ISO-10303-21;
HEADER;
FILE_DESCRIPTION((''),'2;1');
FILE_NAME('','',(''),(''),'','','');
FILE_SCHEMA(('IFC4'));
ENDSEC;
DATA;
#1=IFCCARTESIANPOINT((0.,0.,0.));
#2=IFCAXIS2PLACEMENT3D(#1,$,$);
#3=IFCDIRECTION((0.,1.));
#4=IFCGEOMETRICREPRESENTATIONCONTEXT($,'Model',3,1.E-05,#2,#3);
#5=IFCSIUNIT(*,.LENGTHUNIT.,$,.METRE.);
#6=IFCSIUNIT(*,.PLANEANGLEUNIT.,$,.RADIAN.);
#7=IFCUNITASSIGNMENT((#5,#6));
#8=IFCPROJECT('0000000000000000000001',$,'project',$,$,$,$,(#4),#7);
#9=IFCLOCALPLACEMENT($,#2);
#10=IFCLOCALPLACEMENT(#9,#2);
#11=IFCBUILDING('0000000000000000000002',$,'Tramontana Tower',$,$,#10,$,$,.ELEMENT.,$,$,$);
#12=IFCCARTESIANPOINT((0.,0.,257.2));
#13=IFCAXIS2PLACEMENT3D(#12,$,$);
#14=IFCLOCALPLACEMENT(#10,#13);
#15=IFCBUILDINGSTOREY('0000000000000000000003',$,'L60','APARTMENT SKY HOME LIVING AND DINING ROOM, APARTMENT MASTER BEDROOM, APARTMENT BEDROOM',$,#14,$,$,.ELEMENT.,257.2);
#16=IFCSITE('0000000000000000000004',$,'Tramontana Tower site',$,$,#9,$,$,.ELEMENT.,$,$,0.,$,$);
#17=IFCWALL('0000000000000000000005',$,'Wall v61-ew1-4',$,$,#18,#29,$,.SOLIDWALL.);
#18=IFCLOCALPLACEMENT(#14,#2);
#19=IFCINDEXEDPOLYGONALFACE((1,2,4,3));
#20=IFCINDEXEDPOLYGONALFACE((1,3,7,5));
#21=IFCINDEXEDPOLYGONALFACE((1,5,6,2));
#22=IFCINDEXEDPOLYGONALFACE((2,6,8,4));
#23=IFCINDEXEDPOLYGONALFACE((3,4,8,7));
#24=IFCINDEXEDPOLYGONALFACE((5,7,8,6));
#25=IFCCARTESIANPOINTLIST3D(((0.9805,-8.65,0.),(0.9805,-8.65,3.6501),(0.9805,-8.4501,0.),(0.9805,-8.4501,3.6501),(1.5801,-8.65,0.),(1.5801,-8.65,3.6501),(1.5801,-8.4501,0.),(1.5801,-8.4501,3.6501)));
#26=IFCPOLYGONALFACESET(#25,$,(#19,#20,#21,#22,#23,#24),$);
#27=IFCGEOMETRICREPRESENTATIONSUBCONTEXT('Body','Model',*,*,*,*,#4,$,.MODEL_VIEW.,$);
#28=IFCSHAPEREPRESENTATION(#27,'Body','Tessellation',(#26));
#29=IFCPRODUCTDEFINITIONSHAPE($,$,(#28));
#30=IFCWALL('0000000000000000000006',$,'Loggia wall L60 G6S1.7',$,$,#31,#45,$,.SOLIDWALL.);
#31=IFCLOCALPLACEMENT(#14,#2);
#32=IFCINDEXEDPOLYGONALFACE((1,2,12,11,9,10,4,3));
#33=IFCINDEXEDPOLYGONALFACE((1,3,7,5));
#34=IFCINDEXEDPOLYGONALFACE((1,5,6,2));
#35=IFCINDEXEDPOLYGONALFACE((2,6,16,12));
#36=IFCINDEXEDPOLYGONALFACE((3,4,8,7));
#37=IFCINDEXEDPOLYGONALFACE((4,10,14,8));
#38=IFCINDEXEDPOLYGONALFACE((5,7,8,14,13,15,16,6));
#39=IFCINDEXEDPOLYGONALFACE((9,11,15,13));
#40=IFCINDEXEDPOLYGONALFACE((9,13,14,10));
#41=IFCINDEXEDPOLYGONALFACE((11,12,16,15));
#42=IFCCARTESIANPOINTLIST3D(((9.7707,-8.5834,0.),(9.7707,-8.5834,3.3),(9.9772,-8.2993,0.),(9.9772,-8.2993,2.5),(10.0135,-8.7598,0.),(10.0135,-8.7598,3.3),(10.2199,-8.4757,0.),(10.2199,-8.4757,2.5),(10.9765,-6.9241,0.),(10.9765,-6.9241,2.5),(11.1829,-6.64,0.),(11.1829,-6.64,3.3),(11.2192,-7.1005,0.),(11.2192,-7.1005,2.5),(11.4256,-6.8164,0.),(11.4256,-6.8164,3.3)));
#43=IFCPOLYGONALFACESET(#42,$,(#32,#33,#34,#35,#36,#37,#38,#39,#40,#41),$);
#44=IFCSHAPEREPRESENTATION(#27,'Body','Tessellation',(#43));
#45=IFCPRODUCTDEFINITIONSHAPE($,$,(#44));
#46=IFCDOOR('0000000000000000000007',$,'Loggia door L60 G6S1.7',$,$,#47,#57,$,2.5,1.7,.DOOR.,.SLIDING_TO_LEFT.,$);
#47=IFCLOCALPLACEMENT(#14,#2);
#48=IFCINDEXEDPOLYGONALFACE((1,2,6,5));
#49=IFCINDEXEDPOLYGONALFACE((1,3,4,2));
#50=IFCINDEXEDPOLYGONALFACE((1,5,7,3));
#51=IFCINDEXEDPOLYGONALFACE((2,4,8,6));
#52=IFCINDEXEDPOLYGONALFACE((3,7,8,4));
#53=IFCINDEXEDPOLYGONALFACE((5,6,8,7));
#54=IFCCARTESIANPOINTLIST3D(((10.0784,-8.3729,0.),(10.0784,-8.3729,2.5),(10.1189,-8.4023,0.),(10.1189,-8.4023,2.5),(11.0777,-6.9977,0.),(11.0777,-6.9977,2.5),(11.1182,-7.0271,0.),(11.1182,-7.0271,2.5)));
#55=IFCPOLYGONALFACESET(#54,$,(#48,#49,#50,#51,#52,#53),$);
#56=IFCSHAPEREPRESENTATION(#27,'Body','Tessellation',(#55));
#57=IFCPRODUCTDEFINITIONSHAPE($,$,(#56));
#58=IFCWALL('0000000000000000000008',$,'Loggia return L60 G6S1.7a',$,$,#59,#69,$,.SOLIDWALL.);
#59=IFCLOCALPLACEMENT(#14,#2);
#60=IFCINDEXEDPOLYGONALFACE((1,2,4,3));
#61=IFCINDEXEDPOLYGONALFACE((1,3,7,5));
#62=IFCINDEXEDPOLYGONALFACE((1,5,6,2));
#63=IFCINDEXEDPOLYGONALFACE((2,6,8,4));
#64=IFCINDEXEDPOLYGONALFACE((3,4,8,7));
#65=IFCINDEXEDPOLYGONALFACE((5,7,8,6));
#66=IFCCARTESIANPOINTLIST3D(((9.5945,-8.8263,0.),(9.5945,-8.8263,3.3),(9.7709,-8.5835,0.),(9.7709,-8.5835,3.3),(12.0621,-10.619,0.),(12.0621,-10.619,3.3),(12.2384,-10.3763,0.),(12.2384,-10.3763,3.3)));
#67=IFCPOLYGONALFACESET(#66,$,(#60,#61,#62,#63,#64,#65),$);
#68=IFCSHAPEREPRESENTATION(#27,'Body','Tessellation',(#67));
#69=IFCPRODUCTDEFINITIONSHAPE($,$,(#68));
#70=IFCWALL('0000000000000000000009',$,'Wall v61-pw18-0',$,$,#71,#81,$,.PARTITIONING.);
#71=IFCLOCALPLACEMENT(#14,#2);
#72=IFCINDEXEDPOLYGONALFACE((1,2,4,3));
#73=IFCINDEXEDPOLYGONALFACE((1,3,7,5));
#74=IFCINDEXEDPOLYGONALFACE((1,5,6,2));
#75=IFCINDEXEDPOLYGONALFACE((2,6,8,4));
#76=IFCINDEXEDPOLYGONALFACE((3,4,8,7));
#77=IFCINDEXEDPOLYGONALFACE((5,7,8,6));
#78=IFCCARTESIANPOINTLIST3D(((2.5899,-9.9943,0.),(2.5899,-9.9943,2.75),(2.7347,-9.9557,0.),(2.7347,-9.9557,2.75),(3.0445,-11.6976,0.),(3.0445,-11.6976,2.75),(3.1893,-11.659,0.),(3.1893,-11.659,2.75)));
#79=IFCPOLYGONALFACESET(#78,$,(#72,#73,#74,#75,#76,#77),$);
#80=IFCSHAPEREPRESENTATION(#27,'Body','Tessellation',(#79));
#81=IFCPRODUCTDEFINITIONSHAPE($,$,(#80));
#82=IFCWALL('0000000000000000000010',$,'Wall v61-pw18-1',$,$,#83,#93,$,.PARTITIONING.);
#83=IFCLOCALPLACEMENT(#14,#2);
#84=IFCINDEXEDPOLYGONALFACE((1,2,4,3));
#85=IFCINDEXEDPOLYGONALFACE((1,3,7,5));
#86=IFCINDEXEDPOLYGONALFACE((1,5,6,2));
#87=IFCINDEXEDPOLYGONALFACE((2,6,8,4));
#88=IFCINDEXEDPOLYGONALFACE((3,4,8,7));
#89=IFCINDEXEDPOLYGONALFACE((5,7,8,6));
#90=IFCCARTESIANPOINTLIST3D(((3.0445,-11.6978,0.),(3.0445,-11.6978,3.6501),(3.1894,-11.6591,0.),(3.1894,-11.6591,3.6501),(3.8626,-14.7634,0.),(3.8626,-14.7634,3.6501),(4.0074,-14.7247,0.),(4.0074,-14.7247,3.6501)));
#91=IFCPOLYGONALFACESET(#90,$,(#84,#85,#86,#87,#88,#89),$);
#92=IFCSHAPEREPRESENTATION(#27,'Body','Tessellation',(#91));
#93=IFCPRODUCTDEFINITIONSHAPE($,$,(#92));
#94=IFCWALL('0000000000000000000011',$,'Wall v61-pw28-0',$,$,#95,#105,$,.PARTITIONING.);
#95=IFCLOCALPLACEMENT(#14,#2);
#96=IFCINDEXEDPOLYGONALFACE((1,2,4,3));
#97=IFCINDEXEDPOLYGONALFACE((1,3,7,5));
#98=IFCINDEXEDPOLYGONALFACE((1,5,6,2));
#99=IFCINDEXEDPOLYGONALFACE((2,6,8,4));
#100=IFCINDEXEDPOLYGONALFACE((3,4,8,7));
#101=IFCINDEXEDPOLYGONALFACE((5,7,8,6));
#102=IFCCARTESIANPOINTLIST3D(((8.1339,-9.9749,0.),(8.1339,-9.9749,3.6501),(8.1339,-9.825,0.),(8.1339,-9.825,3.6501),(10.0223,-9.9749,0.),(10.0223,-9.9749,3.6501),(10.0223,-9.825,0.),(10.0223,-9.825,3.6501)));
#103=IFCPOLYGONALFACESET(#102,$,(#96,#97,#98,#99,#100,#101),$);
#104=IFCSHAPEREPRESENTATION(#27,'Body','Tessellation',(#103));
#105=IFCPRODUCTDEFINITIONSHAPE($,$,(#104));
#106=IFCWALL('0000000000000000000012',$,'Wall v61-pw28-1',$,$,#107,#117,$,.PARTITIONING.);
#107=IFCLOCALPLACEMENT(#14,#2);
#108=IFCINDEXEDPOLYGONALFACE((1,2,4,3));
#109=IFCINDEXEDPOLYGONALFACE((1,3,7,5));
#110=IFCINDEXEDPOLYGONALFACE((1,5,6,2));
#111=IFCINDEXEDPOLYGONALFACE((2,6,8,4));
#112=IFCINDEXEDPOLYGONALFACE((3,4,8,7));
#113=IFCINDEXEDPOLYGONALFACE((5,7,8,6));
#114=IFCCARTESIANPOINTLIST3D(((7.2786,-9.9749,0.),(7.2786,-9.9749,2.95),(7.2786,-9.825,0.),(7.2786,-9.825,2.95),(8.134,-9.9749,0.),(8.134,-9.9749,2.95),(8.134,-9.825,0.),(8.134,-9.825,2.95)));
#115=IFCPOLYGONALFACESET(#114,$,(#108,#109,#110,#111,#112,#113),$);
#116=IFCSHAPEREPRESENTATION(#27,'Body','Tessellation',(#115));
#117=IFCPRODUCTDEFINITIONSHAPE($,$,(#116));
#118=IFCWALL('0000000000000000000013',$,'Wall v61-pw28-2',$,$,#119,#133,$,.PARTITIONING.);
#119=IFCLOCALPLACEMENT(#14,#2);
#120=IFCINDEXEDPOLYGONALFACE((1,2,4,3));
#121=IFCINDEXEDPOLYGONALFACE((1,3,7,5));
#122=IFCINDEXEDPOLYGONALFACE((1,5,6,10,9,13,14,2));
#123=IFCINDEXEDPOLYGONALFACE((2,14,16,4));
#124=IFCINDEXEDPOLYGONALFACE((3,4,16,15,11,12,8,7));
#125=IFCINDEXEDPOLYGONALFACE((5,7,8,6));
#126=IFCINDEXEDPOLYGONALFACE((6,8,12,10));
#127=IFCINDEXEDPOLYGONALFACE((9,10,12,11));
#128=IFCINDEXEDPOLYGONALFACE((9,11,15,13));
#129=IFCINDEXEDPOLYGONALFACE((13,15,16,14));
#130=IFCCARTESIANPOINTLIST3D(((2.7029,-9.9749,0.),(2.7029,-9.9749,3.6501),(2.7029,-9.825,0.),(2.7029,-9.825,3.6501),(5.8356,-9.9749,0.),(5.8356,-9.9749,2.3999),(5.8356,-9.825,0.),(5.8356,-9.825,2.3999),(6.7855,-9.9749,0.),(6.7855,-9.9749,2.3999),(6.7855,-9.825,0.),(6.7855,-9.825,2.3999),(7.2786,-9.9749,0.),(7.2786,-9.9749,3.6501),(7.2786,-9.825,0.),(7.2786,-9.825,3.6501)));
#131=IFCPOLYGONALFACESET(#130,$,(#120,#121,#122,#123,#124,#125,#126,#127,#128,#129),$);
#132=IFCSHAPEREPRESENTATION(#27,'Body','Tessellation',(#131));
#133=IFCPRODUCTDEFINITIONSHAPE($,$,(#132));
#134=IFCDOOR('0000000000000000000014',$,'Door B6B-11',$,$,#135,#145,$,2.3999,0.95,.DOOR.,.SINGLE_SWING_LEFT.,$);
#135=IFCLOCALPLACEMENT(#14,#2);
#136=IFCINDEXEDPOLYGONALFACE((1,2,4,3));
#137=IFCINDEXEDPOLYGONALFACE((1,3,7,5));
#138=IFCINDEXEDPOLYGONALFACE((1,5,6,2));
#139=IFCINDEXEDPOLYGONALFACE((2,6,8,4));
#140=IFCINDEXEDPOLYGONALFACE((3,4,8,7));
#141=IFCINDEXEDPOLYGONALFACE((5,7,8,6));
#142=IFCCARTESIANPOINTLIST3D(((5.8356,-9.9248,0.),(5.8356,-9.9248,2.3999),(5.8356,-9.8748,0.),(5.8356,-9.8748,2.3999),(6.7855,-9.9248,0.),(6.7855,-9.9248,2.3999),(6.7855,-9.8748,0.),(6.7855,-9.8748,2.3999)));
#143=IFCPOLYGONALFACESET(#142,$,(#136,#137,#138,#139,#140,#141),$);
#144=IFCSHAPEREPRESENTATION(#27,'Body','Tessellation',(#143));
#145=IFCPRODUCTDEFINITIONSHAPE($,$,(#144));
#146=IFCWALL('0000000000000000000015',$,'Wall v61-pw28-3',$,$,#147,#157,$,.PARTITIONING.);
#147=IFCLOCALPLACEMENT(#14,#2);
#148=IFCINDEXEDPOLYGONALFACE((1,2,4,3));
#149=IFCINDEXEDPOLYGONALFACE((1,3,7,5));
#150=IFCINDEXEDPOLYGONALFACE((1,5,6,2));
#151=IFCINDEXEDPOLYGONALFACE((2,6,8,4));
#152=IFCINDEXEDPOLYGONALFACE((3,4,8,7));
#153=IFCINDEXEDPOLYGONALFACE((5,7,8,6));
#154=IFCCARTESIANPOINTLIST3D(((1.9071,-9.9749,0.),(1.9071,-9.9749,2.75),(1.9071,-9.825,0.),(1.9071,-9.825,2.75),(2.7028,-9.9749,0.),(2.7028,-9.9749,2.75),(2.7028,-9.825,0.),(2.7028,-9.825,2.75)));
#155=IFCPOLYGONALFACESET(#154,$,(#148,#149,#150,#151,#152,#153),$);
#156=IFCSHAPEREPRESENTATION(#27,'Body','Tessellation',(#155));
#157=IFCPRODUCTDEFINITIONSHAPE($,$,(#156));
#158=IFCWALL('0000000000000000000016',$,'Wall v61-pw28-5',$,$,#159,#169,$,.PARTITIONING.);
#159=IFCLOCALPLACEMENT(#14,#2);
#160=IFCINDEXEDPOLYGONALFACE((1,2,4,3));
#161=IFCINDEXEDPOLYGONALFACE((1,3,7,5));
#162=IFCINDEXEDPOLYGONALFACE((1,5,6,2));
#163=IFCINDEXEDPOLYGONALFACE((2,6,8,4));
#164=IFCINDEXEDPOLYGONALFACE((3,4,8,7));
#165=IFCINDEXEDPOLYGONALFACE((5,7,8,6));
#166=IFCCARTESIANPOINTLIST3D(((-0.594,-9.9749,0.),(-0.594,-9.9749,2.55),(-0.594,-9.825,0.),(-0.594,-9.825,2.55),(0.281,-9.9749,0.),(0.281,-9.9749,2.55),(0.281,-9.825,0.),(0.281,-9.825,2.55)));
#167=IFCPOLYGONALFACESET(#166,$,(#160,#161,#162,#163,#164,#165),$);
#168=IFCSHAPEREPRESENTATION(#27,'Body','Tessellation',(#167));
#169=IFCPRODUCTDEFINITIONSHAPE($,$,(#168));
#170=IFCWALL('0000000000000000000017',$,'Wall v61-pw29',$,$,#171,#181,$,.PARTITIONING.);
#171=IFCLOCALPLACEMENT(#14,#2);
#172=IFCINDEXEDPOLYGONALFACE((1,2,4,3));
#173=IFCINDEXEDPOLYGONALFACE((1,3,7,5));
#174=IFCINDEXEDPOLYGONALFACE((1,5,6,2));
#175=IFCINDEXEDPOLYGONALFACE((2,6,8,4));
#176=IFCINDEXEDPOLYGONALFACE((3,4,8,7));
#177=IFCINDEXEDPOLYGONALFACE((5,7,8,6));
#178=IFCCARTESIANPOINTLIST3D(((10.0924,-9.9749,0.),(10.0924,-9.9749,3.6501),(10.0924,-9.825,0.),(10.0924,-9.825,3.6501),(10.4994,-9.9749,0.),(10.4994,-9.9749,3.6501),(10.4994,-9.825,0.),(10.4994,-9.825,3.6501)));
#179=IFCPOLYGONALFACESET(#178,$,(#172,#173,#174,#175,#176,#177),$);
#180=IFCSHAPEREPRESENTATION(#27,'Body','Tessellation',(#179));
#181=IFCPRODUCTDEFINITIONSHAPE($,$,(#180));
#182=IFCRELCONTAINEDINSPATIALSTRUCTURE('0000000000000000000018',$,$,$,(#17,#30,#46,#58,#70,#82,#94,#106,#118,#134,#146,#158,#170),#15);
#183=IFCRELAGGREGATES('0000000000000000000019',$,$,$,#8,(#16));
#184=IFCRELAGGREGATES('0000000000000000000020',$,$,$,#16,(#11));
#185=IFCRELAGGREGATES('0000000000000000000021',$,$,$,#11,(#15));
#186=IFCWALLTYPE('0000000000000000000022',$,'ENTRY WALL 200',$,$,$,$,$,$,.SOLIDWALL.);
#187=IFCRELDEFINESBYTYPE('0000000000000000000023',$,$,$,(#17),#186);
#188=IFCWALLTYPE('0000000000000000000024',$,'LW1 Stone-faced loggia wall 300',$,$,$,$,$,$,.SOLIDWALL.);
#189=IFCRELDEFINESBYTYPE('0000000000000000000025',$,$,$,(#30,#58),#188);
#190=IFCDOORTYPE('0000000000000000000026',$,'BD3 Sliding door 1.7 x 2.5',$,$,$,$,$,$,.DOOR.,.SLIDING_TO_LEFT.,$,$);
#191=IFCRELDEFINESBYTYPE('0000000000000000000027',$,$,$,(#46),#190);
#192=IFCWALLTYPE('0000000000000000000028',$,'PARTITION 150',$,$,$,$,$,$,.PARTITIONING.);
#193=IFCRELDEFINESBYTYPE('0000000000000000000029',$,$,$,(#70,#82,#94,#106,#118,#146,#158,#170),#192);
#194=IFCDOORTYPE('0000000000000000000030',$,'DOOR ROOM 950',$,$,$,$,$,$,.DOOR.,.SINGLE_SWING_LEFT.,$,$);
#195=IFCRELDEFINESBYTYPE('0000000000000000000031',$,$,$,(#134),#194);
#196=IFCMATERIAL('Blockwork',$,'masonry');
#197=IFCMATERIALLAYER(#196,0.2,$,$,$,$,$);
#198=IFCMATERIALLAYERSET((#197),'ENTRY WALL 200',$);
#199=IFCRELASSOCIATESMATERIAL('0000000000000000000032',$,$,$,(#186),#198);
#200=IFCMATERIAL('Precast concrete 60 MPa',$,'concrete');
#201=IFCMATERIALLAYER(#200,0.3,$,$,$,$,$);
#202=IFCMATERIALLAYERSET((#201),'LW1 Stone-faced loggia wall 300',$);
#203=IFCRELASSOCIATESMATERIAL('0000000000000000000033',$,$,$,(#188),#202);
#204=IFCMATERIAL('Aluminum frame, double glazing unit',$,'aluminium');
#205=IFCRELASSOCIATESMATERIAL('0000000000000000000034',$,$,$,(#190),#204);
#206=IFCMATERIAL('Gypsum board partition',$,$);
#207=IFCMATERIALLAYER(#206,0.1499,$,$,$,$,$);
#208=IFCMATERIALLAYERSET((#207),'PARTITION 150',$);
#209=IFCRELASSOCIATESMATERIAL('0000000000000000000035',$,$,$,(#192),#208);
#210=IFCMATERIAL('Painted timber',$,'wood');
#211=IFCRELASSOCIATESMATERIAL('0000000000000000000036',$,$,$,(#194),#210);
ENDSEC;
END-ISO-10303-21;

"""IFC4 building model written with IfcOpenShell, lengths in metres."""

from ifc_helpers import new_model, si_unit, direction, frame, frame_2d, origin, place, context, subcontext, project, spatial, rectangle, extrude, material, layer, layer_set, type_object, element, fill, save


model = new_model("IFC4")

# Units and contexts
model_context = context("Model", 3, precision=1e-05, world=origin(), true_north=direction((0.0, 1.0)))
body_context = subcontext(model_context, "Body", "Model", "MODEL_VIEW")
ifc_project = project(units=[si_unit("LENGTHUNIT", "METRE"), si_unit("PLANEANGLEUNIT", "RADIAN")], contexts=[model_context])

# Site, building, storey
site_placement = place(None, origin())
site = spatial("IfcSite", under=ifc_project, at=site_placement, Name="Tramontana Tower site", CompositionType="ELEMENT", RefElevation=0.0)
building_placement = place(site_placement, origin())
building = spatial("IfcBuilding", under=site, at=building_placement, Name="Tramontana Tower", CompositionType="ELEMENT")
storey_placement = place(building_placement, frame((0.0, 0.0, 257.2)))
storey = spatial("IfcBuildingStorey", under=building, at=storey_placement, Name="L60", Description="APARTMENT SKY HOME LIVING AND DINING ROOM, APARTMENT MASTER BEDROOM, APARTMENT BEDROOM", CompositionType="ELEMENT", Elevation=257.2)

# Wall
ifc_material_1 = material(Name="Blockwork", Category="masonry")
ifc_layer_1 = layer(ifc_material_1, 0.2)
ifc_layer_set_1 = layer_set([ifc_layer_1], Name="ENTRY WALL 200")
wall_type_1 = type_object("IfcWallType", Name="ENTRY WALL 200", PredefinedType="SOLIDWALL", material=ifc_layer_set_1)
wall_1_placement = place(storey_placement, frame((1.5801, -8.55, 0.0), z_axis=(0.0, 0.0, 1.0), x_axis=(-1.0, 0.0, 0.0)))
element("IfcWall", 1, at=wall_1_placement, inside=storey, type_object=wall_type_1, Name="Wall v61-ew1-4", PredefinedType="SOLIDWALL", context=body_context, shape_type="SweptSolid", body=[
    extrude(rectangle(XDim=0.5996, YDim=0.2, at=frame_2d((0.2998, 0.0))), origin(), (0.0, 0.0, 1.0), 3.6501),
])

# Wall, opening, door
ifc_material_2 = material(Name="Precast concrete 60 MPa", Category="concrete")
ifc_layer_2 = layer(ifc_material_2, 0.3)
ifc_layer_set_2 = layer_set([ifc_layer_2], Name="LW1 Stone-faced loggia wall 300")
wall_type_2 = type_object("IfcWallType", Name="LW1 Stone-faced loggia wall 300", PredefinedType="SOLIDWALL", material=ifc_layer_set_2)
wall_2_placement = place(storey_placement, frame((9.8921, -8.6716, 0.0), z_axis=(0.0, 0.0, 1.0), x_axis=(0.587833, 0.808982, 0.0)))
wall_2 = element("IfcWall", 2, at=wall_2_placement, inside=storey, type_object=wall_type_2, Name="Loggia wall L60 G6S1.7", PredefinedType="SOLIDWALL", context=body_context, shape_type="SweptSolid", body=[
    extrude(rectangle(XDim=2.4023, YDim=0.3, at=frame_2d((1.2012, 0.0))), origin(), (0.0, 0.0, 1.0), 3.3),
])
opening_1_placement = place(wall_2_placement, frame((0.3511, 0.0, 0.0)))
opening_1 = element("IfcOpeningElement", 3, at=opening_1_placement, cuts=wall_2, PredefinedType="OPENING", context=body_context, shape_type="SweptSolid", body=[
    extrude(rectangle(XDim=1.7, YDim=2.5, at=frame_2d((0.8501, 1.25))), frame((0.0, 0.1599, 0.0), z_axis=(0.0, -1.0, 0.0), x_axis=(1.0, 0.0, 0.0)), (0.0, 0.0, 1.0), 0.3201),
])
ifc_material_3 = material(Name="Aluminum frame, double glazing unit", Category="aluminium")
door_type_1 = type_object("IfcDoorType", Name="BD3 Sliding door 1.7 x 2.5", OperationType="SLIDING_TO_LEFT", PredefinedType="DOOR", material=ifc_material_3)
door_1_placement = place(opening_1_placement, origin())
door_1 = element("IfcDoor", 4, at=door_1_placement, inside=storey, type_object=door_type_1, Name="Loggia door L60 G6S1.7", OperationType="SLIDING_TO_LEFT", OverallHeight=2.5, OverallWidth=1.7, PredefinedType="DOOR", context=body_context, shape_type="SweptSolid", body=[
    extrude(rectangle(XDim=1.7, YDim=2.5, at=frame_2d((0.8501, 1.25))), frame((0.0, 0.0249, 0.0), z_axis=(0.0, -1.0, 0.0), x_axis=(1.0, 0.0, 0.0)), (0.0, 0.0, 1.0), 0.05),
])
fill(opening_1, door_1)

# Walls
wall_3_placement = place(storey_placement, frame((12.1501, -10.4976, 0.0), z_axis=(0.0, 0.0, 1.0), x_axis=(-0.809023, 0.587777, 0.0)))
element("IfcWall", 5, at=wall_3_placement, inside=storey, type_object=wall_type_2, Name="Loggia return L60 G6S1.7a", PredefinedType="SOLIDWALL", context=body_context, shape_type="SweptSolid", body=[
    extrude(rectangle(XDim=3.05, YDim=0.3, at=frame_2d((1.5249, 0.0))), origin(), (0.0, 0.0, 1.0), 3.3),
])
ifc_material_4 = material(Name="Gypsum board partition")
ifc_layer_3 = layer(ifc_material_4, 0.1499)
ifc_layer_set_3 = layer_set([ifc_layer_3], Name="PARTITION 150")
wall_type_3 = type_object("IfcWallType", Name="PARTITION 150", PredefinedType="PARTITIONING", material=ifc_layer_set_3)
wall_4_placement = place(storey_placement, frame((2.6624, -9.9751, 0.0), z_axis=(0.0, 0.0, 1.0), x_axis=(0.257852, -0.966184, 0.0)))
element("IfcWall", 6, at=wall_4_placement, inside=storey, type_object=wall_type_3, Name="Wall v61-pw18-0", PredefinedType="PARTITIONING", context=body_context, shape_type="SweptSolid", body=[
    extrude(rectangle(XDim=1.7629, YDim=0.1499, at=frame_2d((0.8813, 0.0))), origin(), (0.0, 0.0, 1.0), 2.75),
])
wall_5_placement = place(storey_placement, frame((3.1169, -11.6785, 0.0), z_axis=(0.0, 0.0, 1.0), x_axis=(0.25784, -0.966188, 0.0)))
element("IfcWall", 7, at=wall_5_placement, inside=storey, type_object=wall_type_3, Name="Wall v61-pw18-1", PredefinedType="PARTITIONING", context=body_context, shape_type="SweptSolid", body=[
    extrude(rectangle(XDim=3.1729, YDim=0.1499, at=frame_2d((1.5864, 0.0))), origin(), (0.0, 0.0, 1.0), 3.6501),
])

# Walls
wall_6_placement = place(storey_placement, frame((10.0225, -9.8999, 0.0), z_axis=(0.0, 0.0, 1.0), x_axis=(-1.0, 0.0, 0.0)))
element("IfcWall", 8, at=wall_6_placement, inside=storey, type_object=wall_type_3, Name="Wall v61-pw28-0", PredefinedType="PARTITIONING", context=body_context, shape_type="SweptSolid", body=[
    extrude(rectangle(XDim=1.8884, YDim=0.1499, at=frame_2d((0.9443, 0.0))), origin(), (0.0, 0.0, 1.0), 3.6501),
])
wall_7_placement = place(storey_placement, frame((8.134, -9.8999, 0.0), z_axis=(0.0, 0.0, 1.0), x_axis=(-1.0, 0.0, 0.0)))
element("IfcWall", 9, at=wall_7_placement, inside=storey, type_object=wall_type_3, Name="Wall v61-pw28-1", PredefinedType="PARTITIONING", context=body_context, shape_type="SweptSolid", body=[
    extrude(rectangle(XDim=0.8555, YDim=0.1499, at=frame_2d((0.4277, 0.0))), origin(), (0.0, 0.0, 1.0), 2.95),
])

# Wall, opening, door
wall_8_placement = place(storey_placement, frame((7.2786, -9.8999, 0.0), z_axis=(0.0, 0.0, 1.0), x_axis=(-1.0, 0.0, 0.0)))
wall_8 = element("IfcWall", 10, at=wall_8_placement, inside=storey, type_object=wall_type_3, Name="Wall v61-pw28-2", PredefinedType="PARTITIONING", context=body_context, shape_type="SweptSolid", body=[
    extrude(rectangle(XDim=4.5757, YDim=0.1499, at=frame_2d((2.2878, 0.0))), origin(), (0.0, 0.0, 1.0), 3.6501),
])
opening_2_placement = place(wall_8_placement, frame((0.4929, 0.0, 0.0)))
opening_2 = element("IfcOpeningElement", 11, at=opening_2_placement, cuts=wall_8, PredefinedType="OPENING", context=body_context, shape_type="SweptSolid", body=[
    extrude(rectangle(XDim=0.95, YDim=2.3999, at=frame_2d((0.4751, 1.2))), frame((0.0, 0.085, 0.0), z_axis=(0.0, -1.0, 0.0), x_axis=(1.0, 0.0, 0.0)), (0.0, 0.0, 1.0), 0.1699),
])
ifc_material_5 = material(Name="Painted timber", Category="wood")
door_type_2 = type_object("IfcDoorType", Name="DOOR ROOM 950", OperationType="SINGLE_SWING_LEFT", PredefinedType="DOOR", material=ifc_material_5)
door_2_placement = place(opening_2_placement, origin())
door_2 = element("IfcDoor", 12, at=door_2_placement, inside=storey, type_object=door_type_2, Name="Door B6B-11", OperationType="SINGLE_SWING_LEFT", OverallHeight=2.3999, OverallWidth=0.95, PredefinedType="DOOR", context=body_context, shape_type="SweptSolid", body=[
    extrude(rectangle(XDim=0.95, YDim=2.3999, at=frame_2d((0.4751, 1.2))), frame((0.0, 0.0249, 0.0), z_axis=(0.0, -1.0, 0.0), x_axis=(1.0, 0.0, 0.0)), (0.0, 0.0, 1.0), 0.05),
])
fill(opening_2, door_2)

# Wall
wall_9_placement = place(storey_placement, frame((2.7029, -9.8999, 0.0), z_axis=(0.0, 0.0, 1.0), x_axis=(-1.0, 0.0, 0.0)))
element("IfcWall", 13, at=wall_9_placement, inside=storey, type_object=wall_type_3, Name="Wall v61-pw28-3", PredefinedType="PARTITIONING", context=body_context, shape_type="SweptSolid", body=[
    extrude(rectangle(XDim=0.7957, YDim=0.1499, at=frame_2d((0.3979, 0.0))), origin(), (0.0, 0.0, 1.0), 2.75),
])

# Walls
wall_10_placement = place(storey_placement, frame((0.281, -9.8999, 0.0), z_axis=(0.0, 0.0, 1.0), x_axis=(-1.0, 0.0, 0.0)))
element("IfcWall", 14, at=wall_10_placement, inside=storey, type_object=wall_type_3, Name="Wall v61-pw28-5", PredefinedType="PARTITIONING", context=body_context, shape_type="SweptSolid", body=[
    extrude(rectangle(XDim=0.875, YDim=0.1499, at=frame_2d((0.4375, 0.0))), origin(), (0.0, 0.0, 1.0), 2.55),
])
wall_11_placement = place(storey_placement, frame((10.0923, -9.8999, 0.0), z_axis=(0.0, 0.0, 1.0), x_axis=(1.0, 0.0, 0.0)))
element("IfcWall", 15, at=wall_11_placement, inside=storey, type_object=wall_type_3, Name="Wall v61-pw29", PredefinedType="PARTITIONING", context=body_context, shape_type="SweptSolid", body=[
    extrude(rectangle(XDim=0.407, YDim=0.1499, at=frame_2d((0.2036, 0.0))), origin(), (0.0, 0.0, 1.0), 3.6501),
])

save(model, "model.ifc")
